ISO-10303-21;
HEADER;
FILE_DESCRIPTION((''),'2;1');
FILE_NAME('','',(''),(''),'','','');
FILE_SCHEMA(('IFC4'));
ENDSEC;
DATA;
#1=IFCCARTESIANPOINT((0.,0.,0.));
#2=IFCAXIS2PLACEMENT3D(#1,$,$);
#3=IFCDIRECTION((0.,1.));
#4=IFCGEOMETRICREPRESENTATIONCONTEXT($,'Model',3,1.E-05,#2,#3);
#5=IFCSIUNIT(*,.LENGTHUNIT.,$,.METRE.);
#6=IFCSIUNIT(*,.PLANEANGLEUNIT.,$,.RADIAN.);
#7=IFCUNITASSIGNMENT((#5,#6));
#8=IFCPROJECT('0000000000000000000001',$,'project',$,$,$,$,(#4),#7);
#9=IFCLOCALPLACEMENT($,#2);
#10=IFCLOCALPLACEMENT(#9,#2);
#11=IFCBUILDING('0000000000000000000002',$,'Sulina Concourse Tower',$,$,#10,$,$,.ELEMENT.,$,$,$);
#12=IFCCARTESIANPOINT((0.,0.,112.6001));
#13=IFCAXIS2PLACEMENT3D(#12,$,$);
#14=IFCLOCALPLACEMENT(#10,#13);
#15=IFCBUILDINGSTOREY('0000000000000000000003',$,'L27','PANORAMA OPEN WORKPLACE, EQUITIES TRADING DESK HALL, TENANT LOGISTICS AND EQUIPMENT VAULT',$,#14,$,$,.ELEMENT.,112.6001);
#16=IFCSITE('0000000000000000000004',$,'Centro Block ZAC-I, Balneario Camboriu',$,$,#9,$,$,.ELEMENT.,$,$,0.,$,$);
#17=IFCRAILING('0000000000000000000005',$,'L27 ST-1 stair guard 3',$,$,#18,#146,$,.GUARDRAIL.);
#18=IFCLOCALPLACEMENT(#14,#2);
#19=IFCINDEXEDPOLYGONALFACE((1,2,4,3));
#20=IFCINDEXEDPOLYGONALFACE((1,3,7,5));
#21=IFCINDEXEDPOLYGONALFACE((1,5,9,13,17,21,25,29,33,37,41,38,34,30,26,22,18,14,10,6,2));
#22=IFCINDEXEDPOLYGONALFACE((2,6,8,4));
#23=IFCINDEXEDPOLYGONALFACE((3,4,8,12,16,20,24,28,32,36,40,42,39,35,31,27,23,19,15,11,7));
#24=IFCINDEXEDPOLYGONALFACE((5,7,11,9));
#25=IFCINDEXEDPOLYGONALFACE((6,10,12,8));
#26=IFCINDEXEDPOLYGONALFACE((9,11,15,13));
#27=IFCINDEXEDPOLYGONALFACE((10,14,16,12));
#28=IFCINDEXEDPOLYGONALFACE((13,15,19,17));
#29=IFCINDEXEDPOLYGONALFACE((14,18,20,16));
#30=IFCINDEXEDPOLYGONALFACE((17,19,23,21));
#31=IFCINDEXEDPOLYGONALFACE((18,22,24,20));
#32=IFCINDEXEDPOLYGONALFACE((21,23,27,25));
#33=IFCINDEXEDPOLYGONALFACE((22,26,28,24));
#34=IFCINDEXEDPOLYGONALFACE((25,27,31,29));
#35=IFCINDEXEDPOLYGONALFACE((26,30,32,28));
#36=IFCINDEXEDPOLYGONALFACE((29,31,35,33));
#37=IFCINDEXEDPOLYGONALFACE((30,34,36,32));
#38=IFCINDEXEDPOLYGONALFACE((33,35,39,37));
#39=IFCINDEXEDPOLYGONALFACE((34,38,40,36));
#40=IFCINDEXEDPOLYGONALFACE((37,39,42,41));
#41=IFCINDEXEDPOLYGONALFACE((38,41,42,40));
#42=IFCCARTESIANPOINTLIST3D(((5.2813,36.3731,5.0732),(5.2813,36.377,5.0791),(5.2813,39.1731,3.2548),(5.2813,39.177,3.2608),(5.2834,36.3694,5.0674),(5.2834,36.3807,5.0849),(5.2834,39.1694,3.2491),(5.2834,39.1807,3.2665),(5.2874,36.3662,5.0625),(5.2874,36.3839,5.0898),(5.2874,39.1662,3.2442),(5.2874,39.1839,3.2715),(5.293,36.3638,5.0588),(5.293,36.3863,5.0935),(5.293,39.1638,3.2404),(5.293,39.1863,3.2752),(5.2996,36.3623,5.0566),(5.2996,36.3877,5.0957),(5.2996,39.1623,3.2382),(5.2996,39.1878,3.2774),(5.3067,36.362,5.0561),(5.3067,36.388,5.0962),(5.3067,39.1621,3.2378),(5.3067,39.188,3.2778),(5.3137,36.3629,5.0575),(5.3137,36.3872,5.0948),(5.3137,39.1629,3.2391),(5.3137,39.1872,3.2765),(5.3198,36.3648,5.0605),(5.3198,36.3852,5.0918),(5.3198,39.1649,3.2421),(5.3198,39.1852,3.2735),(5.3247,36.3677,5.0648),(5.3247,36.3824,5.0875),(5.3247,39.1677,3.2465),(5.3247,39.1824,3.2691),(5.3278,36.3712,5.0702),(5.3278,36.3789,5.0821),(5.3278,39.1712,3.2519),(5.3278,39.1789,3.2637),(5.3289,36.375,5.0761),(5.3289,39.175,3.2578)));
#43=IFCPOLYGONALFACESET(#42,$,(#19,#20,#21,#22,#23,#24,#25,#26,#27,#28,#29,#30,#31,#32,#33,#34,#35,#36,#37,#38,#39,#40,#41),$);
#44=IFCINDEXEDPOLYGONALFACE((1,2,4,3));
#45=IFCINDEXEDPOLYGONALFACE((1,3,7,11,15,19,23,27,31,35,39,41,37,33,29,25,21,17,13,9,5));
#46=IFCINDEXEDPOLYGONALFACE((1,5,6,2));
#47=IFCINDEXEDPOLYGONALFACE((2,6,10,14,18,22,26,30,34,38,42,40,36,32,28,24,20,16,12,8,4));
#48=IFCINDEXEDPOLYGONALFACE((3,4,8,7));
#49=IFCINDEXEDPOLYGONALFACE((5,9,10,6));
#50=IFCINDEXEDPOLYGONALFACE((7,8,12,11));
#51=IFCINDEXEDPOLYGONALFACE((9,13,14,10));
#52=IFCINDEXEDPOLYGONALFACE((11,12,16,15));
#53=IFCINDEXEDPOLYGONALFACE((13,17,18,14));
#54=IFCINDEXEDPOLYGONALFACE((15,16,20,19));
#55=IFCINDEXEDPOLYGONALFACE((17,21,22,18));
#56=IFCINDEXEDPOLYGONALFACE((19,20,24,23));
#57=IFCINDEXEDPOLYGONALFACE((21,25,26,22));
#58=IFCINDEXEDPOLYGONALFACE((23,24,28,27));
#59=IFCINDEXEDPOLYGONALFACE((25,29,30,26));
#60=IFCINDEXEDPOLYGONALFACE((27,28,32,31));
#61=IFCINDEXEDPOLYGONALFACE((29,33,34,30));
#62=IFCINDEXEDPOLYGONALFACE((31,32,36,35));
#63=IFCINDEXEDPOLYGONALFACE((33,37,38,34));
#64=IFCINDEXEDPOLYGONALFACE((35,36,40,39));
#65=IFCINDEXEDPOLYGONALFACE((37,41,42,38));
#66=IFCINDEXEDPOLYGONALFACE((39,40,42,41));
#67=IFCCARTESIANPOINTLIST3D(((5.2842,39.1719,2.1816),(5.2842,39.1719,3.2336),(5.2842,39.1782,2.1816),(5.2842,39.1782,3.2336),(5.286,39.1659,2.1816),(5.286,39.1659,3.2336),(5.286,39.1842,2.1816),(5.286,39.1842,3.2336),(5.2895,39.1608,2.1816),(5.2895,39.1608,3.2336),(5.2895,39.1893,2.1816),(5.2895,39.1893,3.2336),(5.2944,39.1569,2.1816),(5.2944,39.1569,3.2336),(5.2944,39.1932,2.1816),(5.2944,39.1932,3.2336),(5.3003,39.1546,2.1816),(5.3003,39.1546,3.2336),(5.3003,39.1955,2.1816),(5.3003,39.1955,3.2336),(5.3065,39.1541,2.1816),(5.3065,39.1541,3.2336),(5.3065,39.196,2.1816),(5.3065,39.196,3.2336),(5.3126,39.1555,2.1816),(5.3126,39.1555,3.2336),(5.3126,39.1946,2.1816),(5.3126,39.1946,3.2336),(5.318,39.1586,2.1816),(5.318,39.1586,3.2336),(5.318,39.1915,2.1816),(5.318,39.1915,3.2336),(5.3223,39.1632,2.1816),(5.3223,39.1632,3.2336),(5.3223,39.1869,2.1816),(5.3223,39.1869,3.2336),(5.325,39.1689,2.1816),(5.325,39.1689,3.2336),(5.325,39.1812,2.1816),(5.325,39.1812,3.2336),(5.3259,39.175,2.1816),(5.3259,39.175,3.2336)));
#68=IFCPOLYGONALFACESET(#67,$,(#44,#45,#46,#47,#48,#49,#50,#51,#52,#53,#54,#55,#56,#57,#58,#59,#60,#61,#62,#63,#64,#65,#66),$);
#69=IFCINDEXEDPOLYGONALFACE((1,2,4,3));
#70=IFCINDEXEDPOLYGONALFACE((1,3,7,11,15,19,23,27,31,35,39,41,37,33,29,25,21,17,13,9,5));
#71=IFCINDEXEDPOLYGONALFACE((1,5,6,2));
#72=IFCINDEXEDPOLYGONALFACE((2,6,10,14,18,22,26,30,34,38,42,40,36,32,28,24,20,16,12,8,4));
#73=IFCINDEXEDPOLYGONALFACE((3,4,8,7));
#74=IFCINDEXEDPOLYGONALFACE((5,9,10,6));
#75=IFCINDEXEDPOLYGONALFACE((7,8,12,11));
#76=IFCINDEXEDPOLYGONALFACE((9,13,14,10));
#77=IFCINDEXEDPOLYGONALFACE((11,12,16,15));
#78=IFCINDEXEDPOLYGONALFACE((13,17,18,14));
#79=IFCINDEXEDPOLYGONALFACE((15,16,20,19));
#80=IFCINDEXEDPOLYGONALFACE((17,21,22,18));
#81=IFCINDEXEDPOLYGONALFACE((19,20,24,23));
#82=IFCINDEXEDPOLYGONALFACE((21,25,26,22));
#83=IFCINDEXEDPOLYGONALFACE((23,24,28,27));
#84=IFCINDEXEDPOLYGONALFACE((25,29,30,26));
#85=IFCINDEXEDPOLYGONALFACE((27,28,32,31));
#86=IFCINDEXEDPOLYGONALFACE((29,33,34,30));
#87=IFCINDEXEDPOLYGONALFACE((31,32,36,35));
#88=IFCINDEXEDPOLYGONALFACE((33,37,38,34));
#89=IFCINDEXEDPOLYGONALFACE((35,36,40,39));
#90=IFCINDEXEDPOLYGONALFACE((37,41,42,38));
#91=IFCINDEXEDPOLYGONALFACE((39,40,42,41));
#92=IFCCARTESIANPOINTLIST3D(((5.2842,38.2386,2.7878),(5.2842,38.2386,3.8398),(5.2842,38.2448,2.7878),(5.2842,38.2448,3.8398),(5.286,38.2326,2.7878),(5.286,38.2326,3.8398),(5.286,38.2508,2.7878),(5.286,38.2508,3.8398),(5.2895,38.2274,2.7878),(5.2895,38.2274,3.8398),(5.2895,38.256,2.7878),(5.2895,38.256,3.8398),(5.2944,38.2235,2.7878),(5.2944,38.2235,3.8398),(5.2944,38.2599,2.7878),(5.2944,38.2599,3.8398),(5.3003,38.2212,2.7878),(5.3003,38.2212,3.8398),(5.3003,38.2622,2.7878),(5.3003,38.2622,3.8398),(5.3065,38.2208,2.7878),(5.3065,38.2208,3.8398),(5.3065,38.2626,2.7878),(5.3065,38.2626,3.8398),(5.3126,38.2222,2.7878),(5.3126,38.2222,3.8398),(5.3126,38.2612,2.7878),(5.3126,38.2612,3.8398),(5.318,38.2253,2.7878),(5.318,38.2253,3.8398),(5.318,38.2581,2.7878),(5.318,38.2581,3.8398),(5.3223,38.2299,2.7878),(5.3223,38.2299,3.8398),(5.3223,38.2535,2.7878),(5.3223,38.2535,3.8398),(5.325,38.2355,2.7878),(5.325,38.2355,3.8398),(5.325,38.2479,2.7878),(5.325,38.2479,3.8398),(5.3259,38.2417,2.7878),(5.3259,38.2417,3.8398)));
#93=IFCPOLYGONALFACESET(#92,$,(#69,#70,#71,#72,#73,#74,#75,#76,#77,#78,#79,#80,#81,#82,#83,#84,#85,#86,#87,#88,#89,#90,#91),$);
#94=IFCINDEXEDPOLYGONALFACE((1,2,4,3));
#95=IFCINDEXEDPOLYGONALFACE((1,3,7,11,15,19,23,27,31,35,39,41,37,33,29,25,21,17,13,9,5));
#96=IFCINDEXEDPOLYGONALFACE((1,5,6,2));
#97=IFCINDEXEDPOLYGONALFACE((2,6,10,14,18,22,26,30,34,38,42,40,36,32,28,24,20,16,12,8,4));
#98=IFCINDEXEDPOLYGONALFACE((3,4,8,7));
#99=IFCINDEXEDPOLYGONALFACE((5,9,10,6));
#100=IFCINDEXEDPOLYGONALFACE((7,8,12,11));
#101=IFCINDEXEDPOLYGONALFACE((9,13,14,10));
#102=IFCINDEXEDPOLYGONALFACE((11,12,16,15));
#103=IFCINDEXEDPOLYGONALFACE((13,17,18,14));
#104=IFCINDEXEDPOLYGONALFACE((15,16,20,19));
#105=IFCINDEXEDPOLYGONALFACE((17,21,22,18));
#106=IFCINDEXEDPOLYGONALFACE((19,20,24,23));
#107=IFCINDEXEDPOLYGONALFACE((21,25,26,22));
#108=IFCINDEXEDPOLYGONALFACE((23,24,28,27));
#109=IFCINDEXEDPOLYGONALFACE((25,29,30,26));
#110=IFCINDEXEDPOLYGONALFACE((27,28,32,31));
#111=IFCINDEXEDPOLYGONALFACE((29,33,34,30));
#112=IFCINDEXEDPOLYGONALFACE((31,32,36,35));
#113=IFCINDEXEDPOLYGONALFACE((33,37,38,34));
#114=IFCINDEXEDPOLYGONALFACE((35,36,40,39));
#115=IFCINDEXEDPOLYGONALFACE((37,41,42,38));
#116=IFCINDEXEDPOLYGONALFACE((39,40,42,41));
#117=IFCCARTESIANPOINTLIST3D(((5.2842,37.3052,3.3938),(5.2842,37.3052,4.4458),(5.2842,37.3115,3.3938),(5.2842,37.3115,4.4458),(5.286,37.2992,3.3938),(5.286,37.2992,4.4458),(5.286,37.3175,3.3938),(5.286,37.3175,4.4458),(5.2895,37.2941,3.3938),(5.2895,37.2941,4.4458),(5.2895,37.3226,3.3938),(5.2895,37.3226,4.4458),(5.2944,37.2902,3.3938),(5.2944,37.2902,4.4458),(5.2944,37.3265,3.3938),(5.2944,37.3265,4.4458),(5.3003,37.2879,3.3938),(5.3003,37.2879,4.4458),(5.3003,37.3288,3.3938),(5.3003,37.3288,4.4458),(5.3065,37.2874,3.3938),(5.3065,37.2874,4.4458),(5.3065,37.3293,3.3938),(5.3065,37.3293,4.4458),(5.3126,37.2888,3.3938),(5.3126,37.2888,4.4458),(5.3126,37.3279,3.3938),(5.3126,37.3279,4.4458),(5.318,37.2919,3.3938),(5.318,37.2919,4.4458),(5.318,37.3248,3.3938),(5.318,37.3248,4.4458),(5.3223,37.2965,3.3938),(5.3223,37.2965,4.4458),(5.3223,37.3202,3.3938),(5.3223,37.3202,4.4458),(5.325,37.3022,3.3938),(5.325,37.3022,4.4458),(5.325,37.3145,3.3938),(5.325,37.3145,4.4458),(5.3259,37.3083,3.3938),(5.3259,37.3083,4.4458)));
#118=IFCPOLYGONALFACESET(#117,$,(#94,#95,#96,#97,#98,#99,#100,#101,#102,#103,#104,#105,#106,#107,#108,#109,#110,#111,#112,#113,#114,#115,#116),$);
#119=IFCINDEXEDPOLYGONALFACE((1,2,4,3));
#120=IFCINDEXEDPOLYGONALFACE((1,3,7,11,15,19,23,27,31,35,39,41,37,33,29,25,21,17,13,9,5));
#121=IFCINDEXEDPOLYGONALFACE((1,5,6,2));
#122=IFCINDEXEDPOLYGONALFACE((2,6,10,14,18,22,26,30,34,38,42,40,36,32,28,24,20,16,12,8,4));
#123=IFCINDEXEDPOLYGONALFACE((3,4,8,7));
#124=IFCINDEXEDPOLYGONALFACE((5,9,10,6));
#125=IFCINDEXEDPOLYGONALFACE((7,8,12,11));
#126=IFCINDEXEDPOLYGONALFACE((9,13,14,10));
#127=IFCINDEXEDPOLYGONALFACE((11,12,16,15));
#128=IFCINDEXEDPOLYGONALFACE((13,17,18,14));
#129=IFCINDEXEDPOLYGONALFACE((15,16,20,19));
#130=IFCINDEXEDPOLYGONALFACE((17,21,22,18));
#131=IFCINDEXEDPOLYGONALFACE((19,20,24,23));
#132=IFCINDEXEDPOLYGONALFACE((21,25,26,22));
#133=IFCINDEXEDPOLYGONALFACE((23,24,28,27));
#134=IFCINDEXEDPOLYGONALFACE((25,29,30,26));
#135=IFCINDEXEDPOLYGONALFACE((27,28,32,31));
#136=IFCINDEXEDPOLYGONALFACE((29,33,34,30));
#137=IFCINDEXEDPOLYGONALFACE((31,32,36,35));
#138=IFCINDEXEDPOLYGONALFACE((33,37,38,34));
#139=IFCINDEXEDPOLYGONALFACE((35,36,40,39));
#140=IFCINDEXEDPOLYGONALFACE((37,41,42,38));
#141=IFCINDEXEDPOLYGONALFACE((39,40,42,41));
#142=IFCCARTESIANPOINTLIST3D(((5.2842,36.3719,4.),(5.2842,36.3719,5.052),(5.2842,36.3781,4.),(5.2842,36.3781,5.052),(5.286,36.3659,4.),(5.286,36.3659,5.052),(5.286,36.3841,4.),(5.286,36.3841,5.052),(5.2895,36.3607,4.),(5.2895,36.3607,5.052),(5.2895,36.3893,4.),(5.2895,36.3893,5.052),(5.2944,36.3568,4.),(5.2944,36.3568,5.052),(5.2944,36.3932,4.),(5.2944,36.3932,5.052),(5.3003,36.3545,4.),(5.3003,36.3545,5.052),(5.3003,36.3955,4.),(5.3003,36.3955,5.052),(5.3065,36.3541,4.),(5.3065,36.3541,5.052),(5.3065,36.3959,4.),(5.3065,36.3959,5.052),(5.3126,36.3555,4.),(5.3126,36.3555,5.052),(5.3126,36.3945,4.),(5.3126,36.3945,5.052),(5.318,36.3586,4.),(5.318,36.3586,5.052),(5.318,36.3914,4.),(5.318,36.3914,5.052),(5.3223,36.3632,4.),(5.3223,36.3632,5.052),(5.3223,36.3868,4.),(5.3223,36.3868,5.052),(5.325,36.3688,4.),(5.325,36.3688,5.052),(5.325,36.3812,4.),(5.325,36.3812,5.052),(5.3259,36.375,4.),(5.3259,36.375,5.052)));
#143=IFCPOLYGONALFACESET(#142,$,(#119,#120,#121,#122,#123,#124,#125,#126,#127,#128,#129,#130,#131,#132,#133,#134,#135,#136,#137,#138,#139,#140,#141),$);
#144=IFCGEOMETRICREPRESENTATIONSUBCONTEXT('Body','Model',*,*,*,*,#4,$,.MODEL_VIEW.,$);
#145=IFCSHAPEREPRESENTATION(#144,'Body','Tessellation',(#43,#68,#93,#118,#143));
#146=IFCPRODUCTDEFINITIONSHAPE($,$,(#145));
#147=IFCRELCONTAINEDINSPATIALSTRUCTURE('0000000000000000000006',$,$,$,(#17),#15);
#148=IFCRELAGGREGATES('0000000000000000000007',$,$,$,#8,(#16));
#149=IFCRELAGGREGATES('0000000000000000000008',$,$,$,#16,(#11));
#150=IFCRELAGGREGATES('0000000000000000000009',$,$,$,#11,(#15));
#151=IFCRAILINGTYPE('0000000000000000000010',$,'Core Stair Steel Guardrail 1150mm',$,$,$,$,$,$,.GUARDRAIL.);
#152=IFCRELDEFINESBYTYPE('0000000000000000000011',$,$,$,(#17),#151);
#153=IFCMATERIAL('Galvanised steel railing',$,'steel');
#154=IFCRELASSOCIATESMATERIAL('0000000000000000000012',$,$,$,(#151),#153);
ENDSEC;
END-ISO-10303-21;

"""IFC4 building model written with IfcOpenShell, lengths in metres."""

from ifc_helpers import new_model, si_unit, direction, frame, origin, origin_2d, place, context, subcontext, project, spatial, circle, extrude, material, type_object, element, save


model = new_model("IFC4")

# Units and contexts
model_context = context("Model", 3, precision=1e-05, world=origin(), true_north=direction((0.0, 1.0)))
body_context = subcontext(model_context, "Body", "Model", "MODEL_VIEW")
ifc_project = project(units=[si_unit("LENGTHUNIT", "METRE"), si_unit("PLANEANGLEUNIT", "RADIAN")], contexts=[model_context])

# Site, building, storey
site_placement = place(None, origin())
site = spatial("IfcSite", under=ifc_project, at=site_placement, Name="Centro Block ZAC-I, Balneario Camboriu", CompositionType="ELEMENT", RefElevation=0.0)
building_placement = place(site_placement, origin())
building = spatial("IfcBuilding", under=site, at=building_placement, Name="Sulina Concourse Tower", CompositionType="ELEMENT")
storey_placement = place(building_placement, frame((0.0, 0.0, 112.6001)))
storey = spatial("IfcBuildingStorey", under=building, at=storey_placement, Name="L27", Description="PANORAMA OPEN WORKPLACE, EQUITIES TRADING DESK HALL, TENANT LOGISTICS AND EQUIPMENT VAULT", CompositionType="ELEMENT", Elevation=112.6001)

# Railing
ifc_material_1 = material(Name="Galvanised steel railing", Category="steel")
railing_type_1 = type_object("IfcRailingType", Name="Core Stair Steel Guardrail 1150mm", PredefinedType="GUARDRAIL", material=ifc_material_1)
railing_1_placement = place(storey_placement, frame((5.3049, 39.175, 2.1816)))
element("IfcRailing", 1, at=railing_1_placement, inside=storey, type_object=railing_type_1, Name="L27 ST-1 stair guard 3", PredefinedType="GUARDRAIL", context=body_context, shape_type="SweptSolid", body=[
    extrude(circle(Radius=0.0239, at=origin_2d()), frame((0.0, 0.0, 1.0762), z_axis=(0.0, -0.838672, 0.544636), x_axis=(1.0, 0.0, 0.0)), (0.0, 0.0, 1.0), 3.3386),
    extrude(circle(Radius=0.021, at=origin_2d()), origin(), (0.0, 0.0, 1.0), 1.052),
    extrude(circle(Radius=0.021, at=origin_2d()), frame((0.0, -0.9333, 0.6062)), (0.0, 0.0, 1.0), 1.052),
    extrude(circle(Radius=0.021, at=origin_2d()), frame((0.0, -1.8667, 1.2122)), (0.0, 0.0, 1.0), 1.052),
    extrude(circle(Radius=0.021, at=origin_2d()), frame((0.0, -2.8, 1.8184)), (0.0, 0.0, 1.0), 1.052),
])

save(model, "model.ifc")
